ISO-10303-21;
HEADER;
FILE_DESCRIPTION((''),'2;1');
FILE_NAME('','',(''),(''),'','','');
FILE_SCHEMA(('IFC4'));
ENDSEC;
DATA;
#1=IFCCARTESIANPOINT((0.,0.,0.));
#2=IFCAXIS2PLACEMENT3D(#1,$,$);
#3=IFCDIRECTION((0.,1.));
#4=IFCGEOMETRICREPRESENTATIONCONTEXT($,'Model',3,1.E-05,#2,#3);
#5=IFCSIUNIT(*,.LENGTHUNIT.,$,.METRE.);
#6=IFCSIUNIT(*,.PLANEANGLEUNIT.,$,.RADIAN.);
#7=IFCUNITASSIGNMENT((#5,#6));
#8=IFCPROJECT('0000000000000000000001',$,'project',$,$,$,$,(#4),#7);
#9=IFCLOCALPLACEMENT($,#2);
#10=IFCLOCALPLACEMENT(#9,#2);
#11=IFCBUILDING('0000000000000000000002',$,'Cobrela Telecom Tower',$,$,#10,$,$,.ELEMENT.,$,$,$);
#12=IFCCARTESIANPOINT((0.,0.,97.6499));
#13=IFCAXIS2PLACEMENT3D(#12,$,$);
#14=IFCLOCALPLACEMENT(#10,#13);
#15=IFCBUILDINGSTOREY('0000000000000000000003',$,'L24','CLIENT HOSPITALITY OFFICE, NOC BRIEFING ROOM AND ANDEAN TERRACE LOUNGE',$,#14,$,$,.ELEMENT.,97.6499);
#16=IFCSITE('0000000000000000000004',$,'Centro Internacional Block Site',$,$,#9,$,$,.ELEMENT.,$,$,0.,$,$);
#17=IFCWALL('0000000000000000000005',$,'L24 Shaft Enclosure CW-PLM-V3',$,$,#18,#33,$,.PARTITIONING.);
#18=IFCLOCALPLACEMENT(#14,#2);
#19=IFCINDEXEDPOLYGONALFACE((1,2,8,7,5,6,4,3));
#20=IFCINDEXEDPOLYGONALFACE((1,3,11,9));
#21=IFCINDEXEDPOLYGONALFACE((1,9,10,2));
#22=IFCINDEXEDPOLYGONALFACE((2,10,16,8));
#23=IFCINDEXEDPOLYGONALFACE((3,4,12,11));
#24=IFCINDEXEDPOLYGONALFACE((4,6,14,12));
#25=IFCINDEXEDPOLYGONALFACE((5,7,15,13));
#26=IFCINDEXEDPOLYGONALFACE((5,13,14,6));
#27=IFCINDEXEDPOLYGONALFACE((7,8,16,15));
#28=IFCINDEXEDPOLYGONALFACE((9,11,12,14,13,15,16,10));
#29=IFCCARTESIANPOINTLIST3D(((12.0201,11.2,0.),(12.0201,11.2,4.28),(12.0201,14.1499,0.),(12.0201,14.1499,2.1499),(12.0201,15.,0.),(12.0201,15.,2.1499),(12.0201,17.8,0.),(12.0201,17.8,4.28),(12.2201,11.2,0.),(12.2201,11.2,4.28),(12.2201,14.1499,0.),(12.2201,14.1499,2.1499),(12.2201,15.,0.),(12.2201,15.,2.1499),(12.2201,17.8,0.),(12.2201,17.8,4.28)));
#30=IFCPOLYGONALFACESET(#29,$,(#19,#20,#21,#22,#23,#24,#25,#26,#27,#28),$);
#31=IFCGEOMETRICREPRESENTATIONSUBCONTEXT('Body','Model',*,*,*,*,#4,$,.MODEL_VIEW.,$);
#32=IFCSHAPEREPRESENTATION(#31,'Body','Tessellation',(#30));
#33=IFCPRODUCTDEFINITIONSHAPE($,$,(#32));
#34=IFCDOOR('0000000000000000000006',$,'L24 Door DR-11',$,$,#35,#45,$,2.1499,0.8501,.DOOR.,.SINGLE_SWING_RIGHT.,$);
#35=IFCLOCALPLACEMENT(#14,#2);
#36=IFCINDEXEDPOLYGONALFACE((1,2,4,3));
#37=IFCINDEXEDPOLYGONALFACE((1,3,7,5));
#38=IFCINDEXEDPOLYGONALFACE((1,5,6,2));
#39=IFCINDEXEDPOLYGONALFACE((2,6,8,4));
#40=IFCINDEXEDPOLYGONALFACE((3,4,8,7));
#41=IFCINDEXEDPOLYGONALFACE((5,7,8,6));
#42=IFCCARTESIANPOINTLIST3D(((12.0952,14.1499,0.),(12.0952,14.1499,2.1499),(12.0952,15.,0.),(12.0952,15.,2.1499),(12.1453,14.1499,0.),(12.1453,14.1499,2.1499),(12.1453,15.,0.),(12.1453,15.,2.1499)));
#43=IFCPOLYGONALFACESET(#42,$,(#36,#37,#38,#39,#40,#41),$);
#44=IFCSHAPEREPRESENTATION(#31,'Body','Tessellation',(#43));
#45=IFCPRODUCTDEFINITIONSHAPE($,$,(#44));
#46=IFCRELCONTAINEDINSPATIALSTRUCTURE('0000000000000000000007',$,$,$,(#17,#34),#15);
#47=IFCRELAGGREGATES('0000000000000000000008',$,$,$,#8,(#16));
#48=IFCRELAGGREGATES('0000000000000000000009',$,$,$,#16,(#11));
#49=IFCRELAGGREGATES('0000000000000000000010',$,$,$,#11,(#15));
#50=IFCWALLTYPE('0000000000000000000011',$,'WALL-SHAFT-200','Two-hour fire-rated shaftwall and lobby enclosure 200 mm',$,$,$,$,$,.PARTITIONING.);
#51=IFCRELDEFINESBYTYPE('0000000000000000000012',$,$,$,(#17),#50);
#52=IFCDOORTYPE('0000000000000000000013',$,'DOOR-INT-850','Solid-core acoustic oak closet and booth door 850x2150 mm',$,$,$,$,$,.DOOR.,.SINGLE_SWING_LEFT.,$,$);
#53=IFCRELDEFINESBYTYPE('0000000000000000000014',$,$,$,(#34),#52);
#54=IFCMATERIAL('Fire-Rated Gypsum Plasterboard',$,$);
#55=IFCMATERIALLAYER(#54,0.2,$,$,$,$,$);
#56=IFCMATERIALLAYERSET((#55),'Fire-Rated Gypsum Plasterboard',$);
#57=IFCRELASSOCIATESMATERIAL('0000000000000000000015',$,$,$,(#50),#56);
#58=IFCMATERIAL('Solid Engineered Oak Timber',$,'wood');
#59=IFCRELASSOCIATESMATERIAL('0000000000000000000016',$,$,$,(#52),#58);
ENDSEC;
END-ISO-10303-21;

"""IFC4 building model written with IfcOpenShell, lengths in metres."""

from ifc_helpers import new_model, si_unit, direction, frame, frame_2d, origin, place, context, subcontext, project, spatial, rectangle, extrude, material, layer, layer_set, type_object, element, fill, save


model = new_model("IFC4")

# Units and contexts
model_context = context("Model", 3, precision=1e-05, world=origin(), true_north=direction((0.0, 1.0)))
body_context = subcontext(model_context, "Body", "Model", "MODEL_VIEW")
ifc_project = project(units=[si_unit("LENGTHUNIT", "METRE"), si_unit("PLANEANGLEUNIT", "RADIAN")], contexts=[model_context])

# Site, building, storey
site_placement = place(None, origin())
site = spatial("IfcSite", under=ifc_project, at=site_placement, Name="Centro Internacional Block Site", CompositionType="ELEMENT", RefElevation=0.0)
building_placement = place(site_placement, origin())
building = spatial("IfcBuilding", under=site, at=building_placement, Name="Cobrela Telecom Tower", CompositionType="ELEMENT")
storey_placement = place(building_placement, frame((0.0, 0.0, 97.6499)))
storey = spatial("IfcBuildingStorey", under=building, at=storey_placement, Name="L24", Description="CLIENT HOSPITALITY OFFICE, NOC BRIEFING ROOM AND ANDEAN TERRACE LOUNGE", CompositionType="ELEMENT", Elevation=97.6499)

# Shared definitions
ifc_material_1 = material(Name="Fire-Rated Gypsum Plasterboard")

# Shared definitions
ifc_material_2 = material(Name="Solid Engineered Oak Timber", Category="wood")

# Shared definitions
ifc_layer_1 = layer(ifc_material_1, 0.2)
ifc_layer_set_1 = layer_set([ifc_layer_1], Name="Fire-Rated Gypsum Plasterboard")
wall_type_1 = type_object("IfcWallType", Name="WALL-SHAFT-200", Description="Two-hour fire-rated shaftwall and lobby enclosure 200 mm", PredefinedType="PARTITIONING", material=ifc_layer_set_1)

# Wall, opening, door
wall_1_placement = place(storey_placement, frame((12.1201, 11.2, 0.0), z_axis=(0.0, 0.0, 1.0), x_axis=(0.0, 1.0, 0.0)))
wall_1 = element("IfcWall", 1, at=wall_1_placement, inside=storey, type_object=wall_type_1, Name="L24 Shaft Enclosure CW-PLM-V3", PredefinedType="PARTITIONING", context=body_context, shape_type="SweptSolid", body=[
    extrude(rectangle(XDim=6.6001, YDim=0.2, at=frame_2d((3.3, 0.0))), origin(), (0.0, 0.0, 1.0), 4.28),
])
opening_1_placement = place(wall_1_placement, frame((2.95, 0.0, 0.0)))
opening_1 = element("IfcOpeningElement", 2, at=opening_1_placement, cuts=wall_1, PredefinedType="OPENING", context=body_context, shape_type="SweptSolid", body=[
    extrude(rectangle(XDim=0.8501, YDim=2.1499, at=frame_2d((0.425, 1.075))), frame((0.0, 0.1118, 0.0), z_axis=(0.0, -1.0, 0.0), x_axis=(1.0, 0.0, 0.0)), (0.0, 0.0, 1.0), 0.2239),
])
door_type_1 = type_object("IfcDoorType", Name="DOOR-INT-850", Description="Solid-core acoustic oak closet and booth door 850x2150 mm", OperationType="SINGLE_SWING_LEFT", PredefinedType="DOOR", material=ifc_material_2)
door_1_placement = place(opening_1_placement, origin())
door_1 = element("IfcDoor", 3, at=door_1_placement, inside=storey, type_object=door_type_1, Name="L24 Door DR-11", OperationType="SINGLE_SWING_RIGHT", OverallHeight=2.1499, OverallWidth=0.8501, PredefinedType="DOOR", context=body_context, shape_type="SweptSolid", body=[
    extrude(rectangle(XDim=0.8501, YDim=2.1499, at=frame_2d((0.425, 1.075))), frame((0.0, 0.0249, 0.0), z_axis=(0.0, -1.0, 0.0), x_axis=(1.0, 0.0, 0.0)), (0.0, 0.0, 1.0), 0.05),
])
fill(opening_1, door_1)

save(model, "model.ifc")
